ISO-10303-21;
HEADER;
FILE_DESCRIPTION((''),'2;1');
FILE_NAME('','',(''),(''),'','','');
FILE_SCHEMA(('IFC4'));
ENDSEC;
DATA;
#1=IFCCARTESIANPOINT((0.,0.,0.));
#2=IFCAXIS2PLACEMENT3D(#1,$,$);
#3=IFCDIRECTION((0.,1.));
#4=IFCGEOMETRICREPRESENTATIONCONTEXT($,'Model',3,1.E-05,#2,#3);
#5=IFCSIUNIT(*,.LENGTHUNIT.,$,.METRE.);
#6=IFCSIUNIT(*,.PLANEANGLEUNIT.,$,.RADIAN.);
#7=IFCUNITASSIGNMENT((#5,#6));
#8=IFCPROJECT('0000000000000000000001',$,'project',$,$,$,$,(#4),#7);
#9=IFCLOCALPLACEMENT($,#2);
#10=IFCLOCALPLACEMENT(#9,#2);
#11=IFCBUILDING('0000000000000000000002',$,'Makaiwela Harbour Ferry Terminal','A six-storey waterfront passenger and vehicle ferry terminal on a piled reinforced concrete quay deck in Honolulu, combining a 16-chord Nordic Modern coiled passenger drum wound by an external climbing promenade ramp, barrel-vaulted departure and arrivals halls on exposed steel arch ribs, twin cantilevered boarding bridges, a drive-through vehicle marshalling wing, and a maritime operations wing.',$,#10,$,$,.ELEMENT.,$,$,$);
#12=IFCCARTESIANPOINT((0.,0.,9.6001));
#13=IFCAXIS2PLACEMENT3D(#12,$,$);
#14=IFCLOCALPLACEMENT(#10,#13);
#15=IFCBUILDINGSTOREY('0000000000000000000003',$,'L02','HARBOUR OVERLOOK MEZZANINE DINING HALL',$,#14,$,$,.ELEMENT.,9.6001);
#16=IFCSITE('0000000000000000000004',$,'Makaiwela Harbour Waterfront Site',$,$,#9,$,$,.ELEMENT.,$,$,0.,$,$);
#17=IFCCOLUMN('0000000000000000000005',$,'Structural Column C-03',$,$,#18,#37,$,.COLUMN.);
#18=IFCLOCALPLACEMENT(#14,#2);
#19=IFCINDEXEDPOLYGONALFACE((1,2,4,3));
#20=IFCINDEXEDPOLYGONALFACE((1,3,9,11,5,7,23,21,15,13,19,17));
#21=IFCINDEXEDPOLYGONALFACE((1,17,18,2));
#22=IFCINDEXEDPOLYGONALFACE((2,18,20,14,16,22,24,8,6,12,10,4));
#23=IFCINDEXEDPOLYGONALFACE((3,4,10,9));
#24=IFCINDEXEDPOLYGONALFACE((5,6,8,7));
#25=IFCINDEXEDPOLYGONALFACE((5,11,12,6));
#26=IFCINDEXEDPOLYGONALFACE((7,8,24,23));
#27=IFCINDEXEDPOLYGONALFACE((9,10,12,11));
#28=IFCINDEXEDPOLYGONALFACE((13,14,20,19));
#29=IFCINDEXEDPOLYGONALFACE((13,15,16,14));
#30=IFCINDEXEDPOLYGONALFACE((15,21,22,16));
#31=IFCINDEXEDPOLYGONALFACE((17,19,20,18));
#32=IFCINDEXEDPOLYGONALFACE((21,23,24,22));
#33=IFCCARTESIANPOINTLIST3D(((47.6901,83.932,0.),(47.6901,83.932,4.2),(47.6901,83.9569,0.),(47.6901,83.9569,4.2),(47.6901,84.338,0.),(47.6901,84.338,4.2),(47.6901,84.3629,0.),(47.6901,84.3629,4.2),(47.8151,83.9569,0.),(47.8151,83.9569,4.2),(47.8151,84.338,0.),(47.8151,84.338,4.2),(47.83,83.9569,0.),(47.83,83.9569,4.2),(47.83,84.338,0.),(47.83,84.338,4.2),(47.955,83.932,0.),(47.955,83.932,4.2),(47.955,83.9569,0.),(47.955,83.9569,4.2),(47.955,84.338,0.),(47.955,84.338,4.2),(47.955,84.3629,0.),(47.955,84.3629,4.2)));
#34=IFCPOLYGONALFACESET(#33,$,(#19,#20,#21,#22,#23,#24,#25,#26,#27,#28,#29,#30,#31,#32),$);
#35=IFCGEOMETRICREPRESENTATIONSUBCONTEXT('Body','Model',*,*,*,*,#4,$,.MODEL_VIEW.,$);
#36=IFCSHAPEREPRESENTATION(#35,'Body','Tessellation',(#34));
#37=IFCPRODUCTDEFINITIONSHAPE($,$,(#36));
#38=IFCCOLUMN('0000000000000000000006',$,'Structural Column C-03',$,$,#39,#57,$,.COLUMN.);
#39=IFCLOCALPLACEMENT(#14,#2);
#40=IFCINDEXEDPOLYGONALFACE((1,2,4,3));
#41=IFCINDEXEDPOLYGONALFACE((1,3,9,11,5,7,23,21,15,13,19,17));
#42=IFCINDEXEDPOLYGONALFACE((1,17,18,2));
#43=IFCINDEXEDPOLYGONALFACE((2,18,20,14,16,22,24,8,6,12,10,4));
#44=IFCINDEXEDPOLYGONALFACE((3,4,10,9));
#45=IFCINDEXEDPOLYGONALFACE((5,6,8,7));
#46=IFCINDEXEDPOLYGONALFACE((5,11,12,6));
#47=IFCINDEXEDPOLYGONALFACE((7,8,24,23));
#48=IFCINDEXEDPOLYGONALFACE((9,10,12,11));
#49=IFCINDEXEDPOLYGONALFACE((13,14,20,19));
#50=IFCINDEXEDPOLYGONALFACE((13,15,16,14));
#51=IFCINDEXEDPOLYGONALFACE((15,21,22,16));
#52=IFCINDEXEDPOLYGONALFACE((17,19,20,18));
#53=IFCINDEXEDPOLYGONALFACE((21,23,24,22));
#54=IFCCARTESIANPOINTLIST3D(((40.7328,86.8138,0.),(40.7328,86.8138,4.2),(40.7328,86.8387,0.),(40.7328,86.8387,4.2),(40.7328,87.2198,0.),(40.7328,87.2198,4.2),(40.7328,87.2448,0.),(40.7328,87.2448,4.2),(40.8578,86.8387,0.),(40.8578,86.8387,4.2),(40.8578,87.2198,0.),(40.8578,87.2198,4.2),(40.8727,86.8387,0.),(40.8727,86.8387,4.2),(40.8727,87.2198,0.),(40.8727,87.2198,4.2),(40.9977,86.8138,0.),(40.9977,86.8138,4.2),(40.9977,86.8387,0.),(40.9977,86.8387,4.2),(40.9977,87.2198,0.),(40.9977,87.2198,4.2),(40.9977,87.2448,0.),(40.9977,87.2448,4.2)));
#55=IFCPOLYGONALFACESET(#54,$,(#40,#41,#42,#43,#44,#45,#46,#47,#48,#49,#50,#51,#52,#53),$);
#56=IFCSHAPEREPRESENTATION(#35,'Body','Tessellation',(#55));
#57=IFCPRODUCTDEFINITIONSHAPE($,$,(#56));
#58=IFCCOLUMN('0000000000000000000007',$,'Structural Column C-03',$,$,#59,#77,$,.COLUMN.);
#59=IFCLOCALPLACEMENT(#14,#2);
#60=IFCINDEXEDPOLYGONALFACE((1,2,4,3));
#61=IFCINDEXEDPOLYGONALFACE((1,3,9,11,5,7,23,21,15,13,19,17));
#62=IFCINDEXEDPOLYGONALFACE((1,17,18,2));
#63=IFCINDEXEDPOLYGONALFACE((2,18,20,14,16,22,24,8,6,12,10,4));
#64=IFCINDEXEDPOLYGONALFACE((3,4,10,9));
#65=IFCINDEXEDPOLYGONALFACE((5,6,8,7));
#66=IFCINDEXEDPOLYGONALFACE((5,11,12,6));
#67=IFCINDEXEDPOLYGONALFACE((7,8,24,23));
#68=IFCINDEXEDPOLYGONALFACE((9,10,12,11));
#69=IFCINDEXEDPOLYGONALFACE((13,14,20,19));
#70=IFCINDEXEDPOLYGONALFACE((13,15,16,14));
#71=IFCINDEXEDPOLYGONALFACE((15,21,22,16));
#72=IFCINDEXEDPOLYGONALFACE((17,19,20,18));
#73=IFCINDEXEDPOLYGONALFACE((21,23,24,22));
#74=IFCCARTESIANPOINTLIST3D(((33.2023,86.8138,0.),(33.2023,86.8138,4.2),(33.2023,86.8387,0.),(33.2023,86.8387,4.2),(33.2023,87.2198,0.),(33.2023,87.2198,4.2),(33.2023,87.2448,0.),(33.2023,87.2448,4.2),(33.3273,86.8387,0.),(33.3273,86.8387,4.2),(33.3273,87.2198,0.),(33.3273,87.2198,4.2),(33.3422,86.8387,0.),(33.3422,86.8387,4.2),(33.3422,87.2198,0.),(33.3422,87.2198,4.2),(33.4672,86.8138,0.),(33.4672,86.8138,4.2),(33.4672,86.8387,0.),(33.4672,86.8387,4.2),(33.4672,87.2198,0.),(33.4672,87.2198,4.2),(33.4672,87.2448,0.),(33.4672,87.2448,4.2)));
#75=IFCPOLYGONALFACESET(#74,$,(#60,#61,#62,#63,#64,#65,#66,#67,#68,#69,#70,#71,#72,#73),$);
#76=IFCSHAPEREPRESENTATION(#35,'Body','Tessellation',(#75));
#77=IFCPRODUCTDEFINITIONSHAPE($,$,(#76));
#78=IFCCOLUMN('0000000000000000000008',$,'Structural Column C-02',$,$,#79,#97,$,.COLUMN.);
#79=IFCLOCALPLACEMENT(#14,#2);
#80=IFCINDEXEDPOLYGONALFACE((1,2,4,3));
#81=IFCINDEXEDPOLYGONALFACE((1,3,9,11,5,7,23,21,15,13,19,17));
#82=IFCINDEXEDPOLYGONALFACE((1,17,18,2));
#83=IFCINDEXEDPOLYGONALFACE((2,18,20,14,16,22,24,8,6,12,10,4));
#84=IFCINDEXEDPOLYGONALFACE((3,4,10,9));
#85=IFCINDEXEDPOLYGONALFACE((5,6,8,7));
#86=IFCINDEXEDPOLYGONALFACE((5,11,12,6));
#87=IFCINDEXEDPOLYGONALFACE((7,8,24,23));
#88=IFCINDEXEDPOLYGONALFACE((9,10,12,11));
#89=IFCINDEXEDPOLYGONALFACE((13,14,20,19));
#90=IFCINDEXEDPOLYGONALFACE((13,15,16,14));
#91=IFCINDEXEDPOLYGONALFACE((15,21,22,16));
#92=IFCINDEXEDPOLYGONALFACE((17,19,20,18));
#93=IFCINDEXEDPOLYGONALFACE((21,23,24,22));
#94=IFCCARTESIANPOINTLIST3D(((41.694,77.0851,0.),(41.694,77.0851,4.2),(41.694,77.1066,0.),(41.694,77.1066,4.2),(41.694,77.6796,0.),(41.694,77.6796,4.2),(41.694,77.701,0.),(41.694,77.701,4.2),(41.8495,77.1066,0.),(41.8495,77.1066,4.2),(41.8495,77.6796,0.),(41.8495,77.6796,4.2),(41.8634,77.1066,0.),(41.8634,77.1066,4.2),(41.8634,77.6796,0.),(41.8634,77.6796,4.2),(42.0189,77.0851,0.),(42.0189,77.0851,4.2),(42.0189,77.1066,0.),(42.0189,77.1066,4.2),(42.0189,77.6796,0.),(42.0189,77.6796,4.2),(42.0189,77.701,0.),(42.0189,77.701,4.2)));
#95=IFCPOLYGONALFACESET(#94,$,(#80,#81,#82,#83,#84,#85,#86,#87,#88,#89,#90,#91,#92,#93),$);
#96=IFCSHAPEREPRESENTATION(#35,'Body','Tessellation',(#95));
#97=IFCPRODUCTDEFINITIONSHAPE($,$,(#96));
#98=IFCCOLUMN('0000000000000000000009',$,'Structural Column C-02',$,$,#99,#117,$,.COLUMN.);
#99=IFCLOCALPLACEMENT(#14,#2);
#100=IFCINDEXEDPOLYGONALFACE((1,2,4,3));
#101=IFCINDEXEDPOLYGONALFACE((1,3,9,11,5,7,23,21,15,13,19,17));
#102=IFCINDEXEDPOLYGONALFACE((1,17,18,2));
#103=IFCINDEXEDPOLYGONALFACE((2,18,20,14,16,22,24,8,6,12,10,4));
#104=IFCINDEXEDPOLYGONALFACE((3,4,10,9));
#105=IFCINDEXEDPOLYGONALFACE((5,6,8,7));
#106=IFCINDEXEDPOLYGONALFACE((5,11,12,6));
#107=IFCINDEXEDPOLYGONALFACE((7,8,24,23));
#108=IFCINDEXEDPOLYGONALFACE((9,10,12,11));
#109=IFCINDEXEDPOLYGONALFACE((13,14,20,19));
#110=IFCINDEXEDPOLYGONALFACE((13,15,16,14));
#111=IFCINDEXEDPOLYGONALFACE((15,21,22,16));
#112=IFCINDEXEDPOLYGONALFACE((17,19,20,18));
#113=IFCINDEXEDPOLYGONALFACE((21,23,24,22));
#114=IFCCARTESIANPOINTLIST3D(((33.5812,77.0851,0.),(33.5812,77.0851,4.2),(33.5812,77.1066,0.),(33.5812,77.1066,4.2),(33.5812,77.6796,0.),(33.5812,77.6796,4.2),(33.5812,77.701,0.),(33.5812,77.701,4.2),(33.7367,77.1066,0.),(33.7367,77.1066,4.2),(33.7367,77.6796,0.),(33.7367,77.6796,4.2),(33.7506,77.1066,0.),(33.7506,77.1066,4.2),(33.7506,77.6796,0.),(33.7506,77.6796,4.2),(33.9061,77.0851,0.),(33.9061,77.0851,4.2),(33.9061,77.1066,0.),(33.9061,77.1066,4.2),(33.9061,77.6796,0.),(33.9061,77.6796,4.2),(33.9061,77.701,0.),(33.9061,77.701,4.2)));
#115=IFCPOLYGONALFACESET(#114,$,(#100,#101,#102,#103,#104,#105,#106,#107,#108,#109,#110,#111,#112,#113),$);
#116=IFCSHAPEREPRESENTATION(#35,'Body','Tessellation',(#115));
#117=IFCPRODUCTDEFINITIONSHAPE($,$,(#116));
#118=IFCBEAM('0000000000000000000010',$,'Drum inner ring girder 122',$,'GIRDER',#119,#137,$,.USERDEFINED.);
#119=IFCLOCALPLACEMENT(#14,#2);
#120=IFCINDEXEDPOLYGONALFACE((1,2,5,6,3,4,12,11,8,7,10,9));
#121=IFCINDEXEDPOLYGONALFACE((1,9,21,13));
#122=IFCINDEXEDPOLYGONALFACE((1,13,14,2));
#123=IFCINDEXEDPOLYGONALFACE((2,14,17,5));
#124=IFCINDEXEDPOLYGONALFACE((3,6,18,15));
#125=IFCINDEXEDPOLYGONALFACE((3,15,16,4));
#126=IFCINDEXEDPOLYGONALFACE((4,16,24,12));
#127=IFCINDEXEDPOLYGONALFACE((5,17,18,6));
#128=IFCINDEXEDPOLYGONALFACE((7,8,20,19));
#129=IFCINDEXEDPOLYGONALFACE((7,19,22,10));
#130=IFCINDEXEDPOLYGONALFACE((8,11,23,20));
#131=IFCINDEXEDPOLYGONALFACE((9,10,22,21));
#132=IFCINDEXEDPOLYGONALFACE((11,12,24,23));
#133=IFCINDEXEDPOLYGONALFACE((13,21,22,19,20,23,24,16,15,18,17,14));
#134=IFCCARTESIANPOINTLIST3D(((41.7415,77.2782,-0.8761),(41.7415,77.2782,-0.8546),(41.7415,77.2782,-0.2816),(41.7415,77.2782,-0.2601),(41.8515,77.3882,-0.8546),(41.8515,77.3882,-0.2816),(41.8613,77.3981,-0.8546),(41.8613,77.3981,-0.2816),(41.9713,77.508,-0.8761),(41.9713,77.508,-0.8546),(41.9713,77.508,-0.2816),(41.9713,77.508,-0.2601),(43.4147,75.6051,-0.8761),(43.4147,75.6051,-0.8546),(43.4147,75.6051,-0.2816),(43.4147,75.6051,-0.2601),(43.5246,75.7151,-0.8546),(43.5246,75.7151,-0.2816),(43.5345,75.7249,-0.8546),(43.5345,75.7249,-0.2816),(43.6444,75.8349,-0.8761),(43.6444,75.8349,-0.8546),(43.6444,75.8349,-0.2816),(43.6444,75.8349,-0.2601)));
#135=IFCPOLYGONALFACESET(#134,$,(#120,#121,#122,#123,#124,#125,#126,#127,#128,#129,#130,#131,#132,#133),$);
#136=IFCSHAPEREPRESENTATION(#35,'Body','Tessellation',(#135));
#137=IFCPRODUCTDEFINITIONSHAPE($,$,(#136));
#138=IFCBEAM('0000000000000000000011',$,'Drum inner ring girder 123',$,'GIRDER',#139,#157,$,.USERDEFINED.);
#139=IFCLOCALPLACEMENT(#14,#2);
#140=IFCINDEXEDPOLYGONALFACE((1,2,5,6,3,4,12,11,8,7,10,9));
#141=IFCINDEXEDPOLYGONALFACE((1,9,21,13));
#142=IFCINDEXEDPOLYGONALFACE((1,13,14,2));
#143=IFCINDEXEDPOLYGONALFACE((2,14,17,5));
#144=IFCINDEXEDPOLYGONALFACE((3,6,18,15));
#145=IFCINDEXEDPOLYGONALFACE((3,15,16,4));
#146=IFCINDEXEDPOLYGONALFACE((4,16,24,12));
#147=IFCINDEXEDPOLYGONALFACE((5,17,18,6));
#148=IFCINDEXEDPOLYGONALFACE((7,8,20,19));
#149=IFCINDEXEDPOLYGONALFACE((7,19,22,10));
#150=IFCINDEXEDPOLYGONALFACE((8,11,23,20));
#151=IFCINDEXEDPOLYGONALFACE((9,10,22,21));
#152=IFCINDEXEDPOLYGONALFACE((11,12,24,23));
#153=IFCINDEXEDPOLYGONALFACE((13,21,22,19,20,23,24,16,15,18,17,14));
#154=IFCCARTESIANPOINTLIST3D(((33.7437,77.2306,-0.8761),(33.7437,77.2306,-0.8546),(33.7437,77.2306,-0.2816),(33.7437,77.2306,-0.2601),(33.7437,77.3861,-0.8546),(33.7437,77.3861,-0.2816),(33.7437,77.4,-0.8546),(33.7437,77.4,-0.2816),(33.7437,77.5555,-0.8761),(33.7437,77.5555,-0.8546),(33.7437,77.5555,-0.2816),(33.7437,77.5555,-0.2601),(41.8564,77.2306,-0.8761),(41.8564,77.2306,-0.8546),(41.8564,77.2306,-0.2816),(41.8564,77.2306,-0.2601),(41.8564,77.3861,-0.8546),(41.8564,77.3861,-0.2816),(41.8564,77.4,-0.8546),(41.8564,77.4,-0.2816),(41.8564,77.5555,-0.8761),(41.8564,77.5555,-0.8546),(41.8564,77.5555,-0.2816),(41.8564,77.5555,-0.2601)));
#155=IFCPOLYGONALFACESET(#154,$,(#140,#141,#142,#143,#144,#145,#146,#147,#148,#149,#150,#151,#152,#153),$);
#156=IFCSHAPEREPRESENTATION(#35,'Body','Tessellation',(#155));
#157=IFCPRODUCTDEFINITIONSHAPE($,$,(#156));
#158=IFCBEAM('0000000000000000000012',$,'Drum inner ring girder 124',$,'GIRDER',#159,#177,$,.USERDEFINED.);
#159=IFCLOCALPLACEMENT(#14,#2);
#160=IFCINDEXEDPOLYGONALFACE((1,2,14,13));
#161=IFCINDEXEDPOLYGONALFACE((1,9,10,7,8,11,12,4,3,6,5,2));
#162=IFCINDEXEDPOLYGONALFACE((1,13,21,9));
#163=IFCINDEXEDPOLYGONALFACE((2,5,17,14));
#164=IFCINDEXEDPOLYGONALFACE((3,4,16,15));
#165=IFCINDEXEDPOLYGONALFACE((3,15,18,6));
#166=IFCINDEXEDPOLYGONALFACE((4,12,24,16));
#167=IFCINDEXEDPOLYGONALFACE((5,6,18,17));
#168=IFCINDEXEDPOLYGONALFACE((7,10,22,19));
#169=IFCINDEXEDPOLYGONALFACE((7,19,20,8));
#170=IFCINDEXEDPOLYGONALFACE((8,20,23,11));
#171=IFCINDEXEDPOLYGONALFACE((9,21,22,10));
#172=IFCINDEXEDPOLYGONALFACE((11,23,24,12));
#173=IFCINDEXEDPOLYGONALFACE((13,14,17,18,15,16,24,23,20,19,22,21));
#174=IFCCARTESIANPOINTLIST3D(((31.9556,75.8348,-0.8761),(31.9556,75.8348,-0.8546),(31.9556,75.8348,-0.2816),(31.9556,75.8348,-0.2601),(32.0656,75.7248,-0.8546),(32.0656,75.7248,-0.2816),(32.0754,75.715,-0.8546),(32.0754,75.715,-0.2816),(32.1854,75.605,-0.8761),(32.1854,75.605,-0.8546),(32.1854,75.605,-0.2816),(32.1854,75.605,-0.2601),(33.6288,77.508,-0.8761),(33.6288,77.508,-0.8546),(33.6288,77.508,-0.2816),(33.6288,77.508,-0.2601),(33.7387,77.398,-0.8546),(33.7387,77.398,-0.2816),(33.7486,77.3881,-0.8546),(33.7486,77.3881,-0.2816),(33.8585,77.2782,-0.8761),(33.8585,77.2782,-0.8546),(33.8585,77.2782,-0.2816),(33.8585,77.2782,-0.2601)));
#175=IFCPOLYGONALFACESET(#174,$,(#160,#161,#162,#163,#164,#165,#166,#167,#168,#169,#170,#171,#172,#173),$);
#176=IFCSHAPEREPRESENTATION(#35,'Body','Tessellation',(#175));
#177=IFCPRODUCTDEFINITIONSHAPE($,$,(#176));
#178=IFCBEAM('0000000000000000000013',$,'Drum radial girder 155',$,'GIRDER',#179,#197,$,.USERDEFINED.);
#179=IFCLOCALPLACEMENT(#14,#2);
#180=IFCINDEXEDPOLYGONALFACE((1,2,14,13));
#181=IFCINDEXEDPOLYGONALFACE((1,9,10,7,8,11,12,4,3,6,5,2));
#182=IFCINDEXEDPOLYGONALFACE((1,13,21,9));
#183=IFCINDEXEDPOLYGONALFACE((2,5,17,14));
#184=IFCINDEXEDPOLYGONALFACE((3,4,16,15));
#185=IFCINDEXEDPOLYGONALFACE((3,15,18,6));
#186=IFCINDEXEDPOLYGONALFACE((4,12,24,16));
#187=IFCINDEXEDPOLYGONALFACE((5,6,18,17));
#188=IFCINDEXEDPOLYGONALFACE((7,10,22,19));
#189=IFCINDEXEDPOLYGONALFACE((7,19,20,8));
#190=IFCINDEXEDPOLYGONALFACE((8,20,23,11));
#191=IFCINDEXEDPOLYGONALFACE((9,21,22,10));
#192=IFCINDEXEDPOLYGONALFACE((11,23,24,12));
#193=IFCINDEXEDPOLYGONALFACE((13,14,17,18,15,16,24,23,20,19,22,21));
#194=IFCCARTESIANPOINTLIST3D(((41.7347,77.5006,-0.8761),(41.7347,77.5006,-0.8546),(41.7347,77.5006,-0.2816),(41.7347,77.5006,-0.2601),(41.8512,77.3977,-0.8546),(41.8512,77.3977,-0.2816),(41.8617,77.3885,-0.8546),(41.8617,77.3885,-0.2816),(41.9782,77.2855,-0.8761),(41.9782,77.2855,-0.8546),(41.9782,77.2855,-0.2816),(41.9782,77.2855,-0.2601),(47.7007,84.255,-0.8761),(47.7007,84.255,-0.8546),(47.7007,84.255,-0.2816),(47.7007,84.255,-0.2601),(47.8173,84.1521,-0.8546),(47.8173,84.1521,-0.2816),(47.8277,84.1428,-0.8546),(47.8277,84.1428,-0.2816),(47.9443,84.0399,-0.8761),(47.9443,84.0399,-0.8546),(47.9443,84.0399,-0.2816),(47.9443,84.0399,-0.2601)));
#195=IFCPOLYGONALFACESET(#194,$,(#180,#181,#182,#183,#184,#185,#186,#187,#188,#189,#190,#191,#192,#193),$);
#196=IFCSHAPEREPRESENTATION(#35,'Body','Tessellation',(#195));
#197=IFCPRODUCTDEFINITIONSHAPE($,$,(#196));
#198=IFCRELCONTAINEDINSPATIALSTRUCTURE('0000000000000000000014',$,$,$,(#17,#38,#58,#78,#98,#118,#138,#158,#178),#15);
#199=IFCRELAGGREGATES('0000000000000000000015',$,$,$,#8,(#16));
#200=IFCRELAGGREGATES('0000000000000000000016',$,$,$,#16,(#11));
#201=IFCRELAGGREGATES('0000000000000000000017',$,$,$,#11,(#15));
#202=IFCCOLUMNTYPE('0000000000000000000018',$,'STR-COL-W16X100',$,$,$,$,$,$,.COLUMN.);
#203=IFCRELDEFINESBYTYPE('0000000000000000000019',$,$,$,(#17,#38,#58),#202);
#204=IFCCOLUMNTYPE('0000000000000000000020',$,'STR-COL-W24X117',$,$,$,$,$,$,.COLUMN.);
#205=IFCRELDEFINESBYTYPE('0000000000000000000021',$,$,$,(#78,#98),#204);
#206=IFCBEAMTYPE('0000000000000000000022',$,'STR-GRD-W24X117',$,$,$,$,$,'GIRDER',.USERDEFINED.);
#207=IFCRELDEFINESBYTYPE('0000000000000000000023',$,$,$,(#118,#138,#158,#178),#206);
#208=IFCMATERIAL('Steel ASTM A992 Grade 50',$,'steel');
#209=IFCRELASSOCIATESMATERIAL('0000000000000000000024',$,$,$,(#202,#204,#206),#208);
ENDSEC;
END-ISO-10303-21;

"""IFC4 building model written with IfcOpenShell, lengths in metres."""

from ifc_helpers import new_model, si_unit, direction, frame, origin, origin_2d, place, context, subcontext, project, spatial, i_section, extrude, material, material_profile, profile_set, type_object, element, save


model = new_model("IFC4")

# Units and contexts
model_context = context("Model", 3, precision=1e-05, world=origin(), true_north=direction((0.0, 1.0)))
body_context = subcontext(model_context, "Body", "Model", "MODEL_VIEW")
ifc_project = project(units=[si_unit("LENGTHUNIT", "METRE"), si_unit("PLANEANGLEUNIT", "RADIAN")], contexts=[model_context])

# Site, building, storey
site_placement = place(None, origin())
site = spatial("IfcSite", under=ifc_project, at=site_placement, Name="Makaiwela Harbour Waterfront Site", CompositionType="ELEMENT", RefElevation=0.0)
building_placement = place(site_placement, origin())
building = spatial("IfcBuilding", under=site, at=building_placement, Name="Makaiwela Harbour Ferry Terminal", Description="A six-storey waterfront passenger and vehicle ferry terminal on a piled reinforced concrete quay deck in Honolulu, combining a 16-chord Nordic Modern coiled passenger drum wound by an external climbing promenade ramp, barrel-vaulted departure and arrivals halls on exposed steel arch ribs, twin cantilevered boarding bridges, a drive-through vehicle marshalling wing, and a maritime operations wing.", CompositionType="ELEMENT")
storey_placement = place(building_placement, frame((0.0, 0.0, 9.6001)))
storey = spatial("IfcBuildingStorey", under=building, at=storey_placement, Name="L02", Description="HARBOUR OVERLOOK MEZZANINE DINING HALL", CompositionType="ELEMENT", Elevation=9.6001)

# Columns
ifc_material_1 = material(Name="Steel ASTM A992 Grade 50", Category="steel")
ifc_material_profile_1 = material_profile(ifc_material_1, i_section(OverallWidth=0.2649, OverallDepth=0.4309, WebThickness=0.0149, FlangeThickness=0.0249, at=origin_2d()), Name="W16X100")
ifc_profile_set_1 = profile_set([ifc_material_profile_1], Name="Steel ASTM A992 Grade 50")
column_type_1 = type_object("IfcColumnType", Name="STR-COL-W16X100", PredefinedType="COLUMN", material=ifc_profile_set_1)
for number, where, z_axis, x_axis, name in (
    (1, (47.8225, 84.1475, 0.0), (0.0, 0.0, 1.0), (1.0, 0.0, 0.0), "Structural Column C-03"),
    (2, (40.8652, 87.0293, 0.0), (0.0, 0.0, 1.0), (1.0, 0.0, 0.0), "Structural Column C-03"),
    (3, (33.3347, 87.0293, 0.0), (0.0, 0.0, 1.0), (1.0, 0.0, 0.0), "Structural Column C-03"),
):
    element("IfcColumn", number, at=place(storey_placement, frame(where, z_axis=z_axis, x_axis=x_axis)), inside=storey, type_object=column_type_1, Name=name, PredefinedType="COLUMN", context=body_context, shape_type="SweptSolid", body=[
        extrude(i_section(OverallWidth=0.2649, OverallDepth=0.4309, WebThickness=0.0149, FlangeThickness=0.0249, at=origin_2d()), origin(), (0.0, 0.0, 1.0), 4.2),
    ])
ifc_material_profile_2 = material_profile(ifc_material_1, i_section(OverallWidth=0.325, OverallDepth=0.616, WebThickness=0.0139, FlangeThickness=0.0215, at=origin_2d()), Name="W24X117")
ifc_profile_set_2 = profile_set([ifc_material_profile_2], Name="Steel ASTM A992 Grade 50")
column_type_2 = type_object("IfcColumnType", Name="STR-COL-W24X117", PredefinedType="COLUMN", material=ifc_profile_set_2)
for number, where, z_axis, x_axis, name in (
    (4, (41.8564, 77.3931, 0.0), (0.0, 0.0, 1.0), (1.0, 0.0, 0.0), "Structural Column C-02"),
    (5, (33.7437, 77.3931, 0.0), (0.0, 0.0, 1.0), (1.0, 0.0, 0.0), "Structural Column C-02"),
):
    element("IfcColumn", number, at=place(storey_placement, frame(where, z_axis=z_axis, x_axis=x_axis)), inside=storey, type_object=column_type_2, Name=name, PredefinedType="COLUMN", context=body_context, shape_type="SweptSolid", body=[
        extrude(i_section(OverallWidth=0.325, OverallDepth=0.616, WebThickness=0.0139, FlangeThickness=0.0215, at=origin_2d()), origin(), (0.0, 0.0, 1.0), 4.2),
    ])

# Beams
ifc_material_profile_3 = material_profile(ifc_material_1, i_section(OverallWidth=0.325, OverallDepth=0.616, WebThickness=0.0139, FlangeThickness=0.0215, at=origin_2d()), Name="W24X117")
ifc_profile_set_3 = profile_set([ifc_material_profile_3], Name="Steel ASTM A992 Grade 50")
beam_type_1 = type_object("IfcBeamType", Name="STR-GRD-W24X117", ElementType="GIRDER", PredefinedType="USERDEFINED", material=ifc_profile_set_3)
beam_1_placement = place(storey_placement, frame((43.5295, 75.72, -0.5681), z_axis=(-0.707107, 0.707107, 0.0), x_axis=(-0.707107, -0.707107, 0.0)))
element("IfcBeam", 6, at=beam_1_placement, inside=storey, type_object=beam_type_1, Name="Drum inner ring girder 122", ObjectType="GIRDER", PredefinedType="USERDEFINED", context=body_context, shape_type="SweptSolid", body=[
    extrude(i_section(OverallWidth=0.325, OverallDepth=0.616, WebThickness=0.0139, FlangeThickness=0.0215, at=origin_2d()), origin(), (0.0, 0.0, 1.0), 2.3662),
])
beam_2_placement = place(storey_placement, frame((41.8564, 77.3931, -0.5681), z_axis=(-1.0, 0.0, 0.0), x_axis=(0.0, -1.0, 0.0)))
element("IfcBeam", 7, at=beam_2_placement, inside=storey, type_object=beam_type_1, Name="Drum inner ring girder 123", ObjectType="GIRDER", PredefinedType="USERDEFINED", context=body_context, shape_type="SweptSolid", body=[
    extrude(i_section(OverallWidth=0.325, OverallDepth=0.616, WebThickness=0.0139, FlangeThickness=0.0215, at=origin_2d()), origin(), (0.0, 0.0, 1.0), 8.1128),
])
beam_3_placement = place(storey_placement, frame((33.7437, 77.3931, -0.5681), z_axis=(-0.707107, -0.707107, 0.0), x_axis=(0.707107, -0.707107, 0.0)))
element("IfcBeam", 8, at=beam_3_placement, inside=storey, type_object=beam_type_1, Name="Drum inner ring girder 124", ObjectType="GIRDER", PredefinedType="USERDEFINED", context=body_context, shape_type="SweptSolid", body=[
    extrude(i_section(OverallWidth=0.325, OverallDepth=0.616, WebThickness=0.0139, FlangeThickness=0.0215, at=origin_2d()), origin(), (0.0, 0.0, 1.0), 2.3662),
])
beam_4_placement = place(storey_placement, frame((41.8564, 77.3931, -0.5681), z_axis=(0.662015, 0.749491, 0.0), x_axis=(-0.749491, 0.662015, 0.0)))
element("IfcBeam", 9, at=beam_4_placement, inside=storey, type_object=beam_type_1, Name="Drum radial girder 155", ObjectType="GIRDER", PredefinedType="USERDEFINED", context=body_context, shape_type="SweptSolid", body=[
    extrude(i_section(OverallWidth=0.325, OverallDepth=0.616, WebThickness=0.0139, FlangeThickness=0.0215, at=origin_2d()), origin(), (0.0, 0.0, 1.0), 9.012),
])

save(model, "model.ifc")
